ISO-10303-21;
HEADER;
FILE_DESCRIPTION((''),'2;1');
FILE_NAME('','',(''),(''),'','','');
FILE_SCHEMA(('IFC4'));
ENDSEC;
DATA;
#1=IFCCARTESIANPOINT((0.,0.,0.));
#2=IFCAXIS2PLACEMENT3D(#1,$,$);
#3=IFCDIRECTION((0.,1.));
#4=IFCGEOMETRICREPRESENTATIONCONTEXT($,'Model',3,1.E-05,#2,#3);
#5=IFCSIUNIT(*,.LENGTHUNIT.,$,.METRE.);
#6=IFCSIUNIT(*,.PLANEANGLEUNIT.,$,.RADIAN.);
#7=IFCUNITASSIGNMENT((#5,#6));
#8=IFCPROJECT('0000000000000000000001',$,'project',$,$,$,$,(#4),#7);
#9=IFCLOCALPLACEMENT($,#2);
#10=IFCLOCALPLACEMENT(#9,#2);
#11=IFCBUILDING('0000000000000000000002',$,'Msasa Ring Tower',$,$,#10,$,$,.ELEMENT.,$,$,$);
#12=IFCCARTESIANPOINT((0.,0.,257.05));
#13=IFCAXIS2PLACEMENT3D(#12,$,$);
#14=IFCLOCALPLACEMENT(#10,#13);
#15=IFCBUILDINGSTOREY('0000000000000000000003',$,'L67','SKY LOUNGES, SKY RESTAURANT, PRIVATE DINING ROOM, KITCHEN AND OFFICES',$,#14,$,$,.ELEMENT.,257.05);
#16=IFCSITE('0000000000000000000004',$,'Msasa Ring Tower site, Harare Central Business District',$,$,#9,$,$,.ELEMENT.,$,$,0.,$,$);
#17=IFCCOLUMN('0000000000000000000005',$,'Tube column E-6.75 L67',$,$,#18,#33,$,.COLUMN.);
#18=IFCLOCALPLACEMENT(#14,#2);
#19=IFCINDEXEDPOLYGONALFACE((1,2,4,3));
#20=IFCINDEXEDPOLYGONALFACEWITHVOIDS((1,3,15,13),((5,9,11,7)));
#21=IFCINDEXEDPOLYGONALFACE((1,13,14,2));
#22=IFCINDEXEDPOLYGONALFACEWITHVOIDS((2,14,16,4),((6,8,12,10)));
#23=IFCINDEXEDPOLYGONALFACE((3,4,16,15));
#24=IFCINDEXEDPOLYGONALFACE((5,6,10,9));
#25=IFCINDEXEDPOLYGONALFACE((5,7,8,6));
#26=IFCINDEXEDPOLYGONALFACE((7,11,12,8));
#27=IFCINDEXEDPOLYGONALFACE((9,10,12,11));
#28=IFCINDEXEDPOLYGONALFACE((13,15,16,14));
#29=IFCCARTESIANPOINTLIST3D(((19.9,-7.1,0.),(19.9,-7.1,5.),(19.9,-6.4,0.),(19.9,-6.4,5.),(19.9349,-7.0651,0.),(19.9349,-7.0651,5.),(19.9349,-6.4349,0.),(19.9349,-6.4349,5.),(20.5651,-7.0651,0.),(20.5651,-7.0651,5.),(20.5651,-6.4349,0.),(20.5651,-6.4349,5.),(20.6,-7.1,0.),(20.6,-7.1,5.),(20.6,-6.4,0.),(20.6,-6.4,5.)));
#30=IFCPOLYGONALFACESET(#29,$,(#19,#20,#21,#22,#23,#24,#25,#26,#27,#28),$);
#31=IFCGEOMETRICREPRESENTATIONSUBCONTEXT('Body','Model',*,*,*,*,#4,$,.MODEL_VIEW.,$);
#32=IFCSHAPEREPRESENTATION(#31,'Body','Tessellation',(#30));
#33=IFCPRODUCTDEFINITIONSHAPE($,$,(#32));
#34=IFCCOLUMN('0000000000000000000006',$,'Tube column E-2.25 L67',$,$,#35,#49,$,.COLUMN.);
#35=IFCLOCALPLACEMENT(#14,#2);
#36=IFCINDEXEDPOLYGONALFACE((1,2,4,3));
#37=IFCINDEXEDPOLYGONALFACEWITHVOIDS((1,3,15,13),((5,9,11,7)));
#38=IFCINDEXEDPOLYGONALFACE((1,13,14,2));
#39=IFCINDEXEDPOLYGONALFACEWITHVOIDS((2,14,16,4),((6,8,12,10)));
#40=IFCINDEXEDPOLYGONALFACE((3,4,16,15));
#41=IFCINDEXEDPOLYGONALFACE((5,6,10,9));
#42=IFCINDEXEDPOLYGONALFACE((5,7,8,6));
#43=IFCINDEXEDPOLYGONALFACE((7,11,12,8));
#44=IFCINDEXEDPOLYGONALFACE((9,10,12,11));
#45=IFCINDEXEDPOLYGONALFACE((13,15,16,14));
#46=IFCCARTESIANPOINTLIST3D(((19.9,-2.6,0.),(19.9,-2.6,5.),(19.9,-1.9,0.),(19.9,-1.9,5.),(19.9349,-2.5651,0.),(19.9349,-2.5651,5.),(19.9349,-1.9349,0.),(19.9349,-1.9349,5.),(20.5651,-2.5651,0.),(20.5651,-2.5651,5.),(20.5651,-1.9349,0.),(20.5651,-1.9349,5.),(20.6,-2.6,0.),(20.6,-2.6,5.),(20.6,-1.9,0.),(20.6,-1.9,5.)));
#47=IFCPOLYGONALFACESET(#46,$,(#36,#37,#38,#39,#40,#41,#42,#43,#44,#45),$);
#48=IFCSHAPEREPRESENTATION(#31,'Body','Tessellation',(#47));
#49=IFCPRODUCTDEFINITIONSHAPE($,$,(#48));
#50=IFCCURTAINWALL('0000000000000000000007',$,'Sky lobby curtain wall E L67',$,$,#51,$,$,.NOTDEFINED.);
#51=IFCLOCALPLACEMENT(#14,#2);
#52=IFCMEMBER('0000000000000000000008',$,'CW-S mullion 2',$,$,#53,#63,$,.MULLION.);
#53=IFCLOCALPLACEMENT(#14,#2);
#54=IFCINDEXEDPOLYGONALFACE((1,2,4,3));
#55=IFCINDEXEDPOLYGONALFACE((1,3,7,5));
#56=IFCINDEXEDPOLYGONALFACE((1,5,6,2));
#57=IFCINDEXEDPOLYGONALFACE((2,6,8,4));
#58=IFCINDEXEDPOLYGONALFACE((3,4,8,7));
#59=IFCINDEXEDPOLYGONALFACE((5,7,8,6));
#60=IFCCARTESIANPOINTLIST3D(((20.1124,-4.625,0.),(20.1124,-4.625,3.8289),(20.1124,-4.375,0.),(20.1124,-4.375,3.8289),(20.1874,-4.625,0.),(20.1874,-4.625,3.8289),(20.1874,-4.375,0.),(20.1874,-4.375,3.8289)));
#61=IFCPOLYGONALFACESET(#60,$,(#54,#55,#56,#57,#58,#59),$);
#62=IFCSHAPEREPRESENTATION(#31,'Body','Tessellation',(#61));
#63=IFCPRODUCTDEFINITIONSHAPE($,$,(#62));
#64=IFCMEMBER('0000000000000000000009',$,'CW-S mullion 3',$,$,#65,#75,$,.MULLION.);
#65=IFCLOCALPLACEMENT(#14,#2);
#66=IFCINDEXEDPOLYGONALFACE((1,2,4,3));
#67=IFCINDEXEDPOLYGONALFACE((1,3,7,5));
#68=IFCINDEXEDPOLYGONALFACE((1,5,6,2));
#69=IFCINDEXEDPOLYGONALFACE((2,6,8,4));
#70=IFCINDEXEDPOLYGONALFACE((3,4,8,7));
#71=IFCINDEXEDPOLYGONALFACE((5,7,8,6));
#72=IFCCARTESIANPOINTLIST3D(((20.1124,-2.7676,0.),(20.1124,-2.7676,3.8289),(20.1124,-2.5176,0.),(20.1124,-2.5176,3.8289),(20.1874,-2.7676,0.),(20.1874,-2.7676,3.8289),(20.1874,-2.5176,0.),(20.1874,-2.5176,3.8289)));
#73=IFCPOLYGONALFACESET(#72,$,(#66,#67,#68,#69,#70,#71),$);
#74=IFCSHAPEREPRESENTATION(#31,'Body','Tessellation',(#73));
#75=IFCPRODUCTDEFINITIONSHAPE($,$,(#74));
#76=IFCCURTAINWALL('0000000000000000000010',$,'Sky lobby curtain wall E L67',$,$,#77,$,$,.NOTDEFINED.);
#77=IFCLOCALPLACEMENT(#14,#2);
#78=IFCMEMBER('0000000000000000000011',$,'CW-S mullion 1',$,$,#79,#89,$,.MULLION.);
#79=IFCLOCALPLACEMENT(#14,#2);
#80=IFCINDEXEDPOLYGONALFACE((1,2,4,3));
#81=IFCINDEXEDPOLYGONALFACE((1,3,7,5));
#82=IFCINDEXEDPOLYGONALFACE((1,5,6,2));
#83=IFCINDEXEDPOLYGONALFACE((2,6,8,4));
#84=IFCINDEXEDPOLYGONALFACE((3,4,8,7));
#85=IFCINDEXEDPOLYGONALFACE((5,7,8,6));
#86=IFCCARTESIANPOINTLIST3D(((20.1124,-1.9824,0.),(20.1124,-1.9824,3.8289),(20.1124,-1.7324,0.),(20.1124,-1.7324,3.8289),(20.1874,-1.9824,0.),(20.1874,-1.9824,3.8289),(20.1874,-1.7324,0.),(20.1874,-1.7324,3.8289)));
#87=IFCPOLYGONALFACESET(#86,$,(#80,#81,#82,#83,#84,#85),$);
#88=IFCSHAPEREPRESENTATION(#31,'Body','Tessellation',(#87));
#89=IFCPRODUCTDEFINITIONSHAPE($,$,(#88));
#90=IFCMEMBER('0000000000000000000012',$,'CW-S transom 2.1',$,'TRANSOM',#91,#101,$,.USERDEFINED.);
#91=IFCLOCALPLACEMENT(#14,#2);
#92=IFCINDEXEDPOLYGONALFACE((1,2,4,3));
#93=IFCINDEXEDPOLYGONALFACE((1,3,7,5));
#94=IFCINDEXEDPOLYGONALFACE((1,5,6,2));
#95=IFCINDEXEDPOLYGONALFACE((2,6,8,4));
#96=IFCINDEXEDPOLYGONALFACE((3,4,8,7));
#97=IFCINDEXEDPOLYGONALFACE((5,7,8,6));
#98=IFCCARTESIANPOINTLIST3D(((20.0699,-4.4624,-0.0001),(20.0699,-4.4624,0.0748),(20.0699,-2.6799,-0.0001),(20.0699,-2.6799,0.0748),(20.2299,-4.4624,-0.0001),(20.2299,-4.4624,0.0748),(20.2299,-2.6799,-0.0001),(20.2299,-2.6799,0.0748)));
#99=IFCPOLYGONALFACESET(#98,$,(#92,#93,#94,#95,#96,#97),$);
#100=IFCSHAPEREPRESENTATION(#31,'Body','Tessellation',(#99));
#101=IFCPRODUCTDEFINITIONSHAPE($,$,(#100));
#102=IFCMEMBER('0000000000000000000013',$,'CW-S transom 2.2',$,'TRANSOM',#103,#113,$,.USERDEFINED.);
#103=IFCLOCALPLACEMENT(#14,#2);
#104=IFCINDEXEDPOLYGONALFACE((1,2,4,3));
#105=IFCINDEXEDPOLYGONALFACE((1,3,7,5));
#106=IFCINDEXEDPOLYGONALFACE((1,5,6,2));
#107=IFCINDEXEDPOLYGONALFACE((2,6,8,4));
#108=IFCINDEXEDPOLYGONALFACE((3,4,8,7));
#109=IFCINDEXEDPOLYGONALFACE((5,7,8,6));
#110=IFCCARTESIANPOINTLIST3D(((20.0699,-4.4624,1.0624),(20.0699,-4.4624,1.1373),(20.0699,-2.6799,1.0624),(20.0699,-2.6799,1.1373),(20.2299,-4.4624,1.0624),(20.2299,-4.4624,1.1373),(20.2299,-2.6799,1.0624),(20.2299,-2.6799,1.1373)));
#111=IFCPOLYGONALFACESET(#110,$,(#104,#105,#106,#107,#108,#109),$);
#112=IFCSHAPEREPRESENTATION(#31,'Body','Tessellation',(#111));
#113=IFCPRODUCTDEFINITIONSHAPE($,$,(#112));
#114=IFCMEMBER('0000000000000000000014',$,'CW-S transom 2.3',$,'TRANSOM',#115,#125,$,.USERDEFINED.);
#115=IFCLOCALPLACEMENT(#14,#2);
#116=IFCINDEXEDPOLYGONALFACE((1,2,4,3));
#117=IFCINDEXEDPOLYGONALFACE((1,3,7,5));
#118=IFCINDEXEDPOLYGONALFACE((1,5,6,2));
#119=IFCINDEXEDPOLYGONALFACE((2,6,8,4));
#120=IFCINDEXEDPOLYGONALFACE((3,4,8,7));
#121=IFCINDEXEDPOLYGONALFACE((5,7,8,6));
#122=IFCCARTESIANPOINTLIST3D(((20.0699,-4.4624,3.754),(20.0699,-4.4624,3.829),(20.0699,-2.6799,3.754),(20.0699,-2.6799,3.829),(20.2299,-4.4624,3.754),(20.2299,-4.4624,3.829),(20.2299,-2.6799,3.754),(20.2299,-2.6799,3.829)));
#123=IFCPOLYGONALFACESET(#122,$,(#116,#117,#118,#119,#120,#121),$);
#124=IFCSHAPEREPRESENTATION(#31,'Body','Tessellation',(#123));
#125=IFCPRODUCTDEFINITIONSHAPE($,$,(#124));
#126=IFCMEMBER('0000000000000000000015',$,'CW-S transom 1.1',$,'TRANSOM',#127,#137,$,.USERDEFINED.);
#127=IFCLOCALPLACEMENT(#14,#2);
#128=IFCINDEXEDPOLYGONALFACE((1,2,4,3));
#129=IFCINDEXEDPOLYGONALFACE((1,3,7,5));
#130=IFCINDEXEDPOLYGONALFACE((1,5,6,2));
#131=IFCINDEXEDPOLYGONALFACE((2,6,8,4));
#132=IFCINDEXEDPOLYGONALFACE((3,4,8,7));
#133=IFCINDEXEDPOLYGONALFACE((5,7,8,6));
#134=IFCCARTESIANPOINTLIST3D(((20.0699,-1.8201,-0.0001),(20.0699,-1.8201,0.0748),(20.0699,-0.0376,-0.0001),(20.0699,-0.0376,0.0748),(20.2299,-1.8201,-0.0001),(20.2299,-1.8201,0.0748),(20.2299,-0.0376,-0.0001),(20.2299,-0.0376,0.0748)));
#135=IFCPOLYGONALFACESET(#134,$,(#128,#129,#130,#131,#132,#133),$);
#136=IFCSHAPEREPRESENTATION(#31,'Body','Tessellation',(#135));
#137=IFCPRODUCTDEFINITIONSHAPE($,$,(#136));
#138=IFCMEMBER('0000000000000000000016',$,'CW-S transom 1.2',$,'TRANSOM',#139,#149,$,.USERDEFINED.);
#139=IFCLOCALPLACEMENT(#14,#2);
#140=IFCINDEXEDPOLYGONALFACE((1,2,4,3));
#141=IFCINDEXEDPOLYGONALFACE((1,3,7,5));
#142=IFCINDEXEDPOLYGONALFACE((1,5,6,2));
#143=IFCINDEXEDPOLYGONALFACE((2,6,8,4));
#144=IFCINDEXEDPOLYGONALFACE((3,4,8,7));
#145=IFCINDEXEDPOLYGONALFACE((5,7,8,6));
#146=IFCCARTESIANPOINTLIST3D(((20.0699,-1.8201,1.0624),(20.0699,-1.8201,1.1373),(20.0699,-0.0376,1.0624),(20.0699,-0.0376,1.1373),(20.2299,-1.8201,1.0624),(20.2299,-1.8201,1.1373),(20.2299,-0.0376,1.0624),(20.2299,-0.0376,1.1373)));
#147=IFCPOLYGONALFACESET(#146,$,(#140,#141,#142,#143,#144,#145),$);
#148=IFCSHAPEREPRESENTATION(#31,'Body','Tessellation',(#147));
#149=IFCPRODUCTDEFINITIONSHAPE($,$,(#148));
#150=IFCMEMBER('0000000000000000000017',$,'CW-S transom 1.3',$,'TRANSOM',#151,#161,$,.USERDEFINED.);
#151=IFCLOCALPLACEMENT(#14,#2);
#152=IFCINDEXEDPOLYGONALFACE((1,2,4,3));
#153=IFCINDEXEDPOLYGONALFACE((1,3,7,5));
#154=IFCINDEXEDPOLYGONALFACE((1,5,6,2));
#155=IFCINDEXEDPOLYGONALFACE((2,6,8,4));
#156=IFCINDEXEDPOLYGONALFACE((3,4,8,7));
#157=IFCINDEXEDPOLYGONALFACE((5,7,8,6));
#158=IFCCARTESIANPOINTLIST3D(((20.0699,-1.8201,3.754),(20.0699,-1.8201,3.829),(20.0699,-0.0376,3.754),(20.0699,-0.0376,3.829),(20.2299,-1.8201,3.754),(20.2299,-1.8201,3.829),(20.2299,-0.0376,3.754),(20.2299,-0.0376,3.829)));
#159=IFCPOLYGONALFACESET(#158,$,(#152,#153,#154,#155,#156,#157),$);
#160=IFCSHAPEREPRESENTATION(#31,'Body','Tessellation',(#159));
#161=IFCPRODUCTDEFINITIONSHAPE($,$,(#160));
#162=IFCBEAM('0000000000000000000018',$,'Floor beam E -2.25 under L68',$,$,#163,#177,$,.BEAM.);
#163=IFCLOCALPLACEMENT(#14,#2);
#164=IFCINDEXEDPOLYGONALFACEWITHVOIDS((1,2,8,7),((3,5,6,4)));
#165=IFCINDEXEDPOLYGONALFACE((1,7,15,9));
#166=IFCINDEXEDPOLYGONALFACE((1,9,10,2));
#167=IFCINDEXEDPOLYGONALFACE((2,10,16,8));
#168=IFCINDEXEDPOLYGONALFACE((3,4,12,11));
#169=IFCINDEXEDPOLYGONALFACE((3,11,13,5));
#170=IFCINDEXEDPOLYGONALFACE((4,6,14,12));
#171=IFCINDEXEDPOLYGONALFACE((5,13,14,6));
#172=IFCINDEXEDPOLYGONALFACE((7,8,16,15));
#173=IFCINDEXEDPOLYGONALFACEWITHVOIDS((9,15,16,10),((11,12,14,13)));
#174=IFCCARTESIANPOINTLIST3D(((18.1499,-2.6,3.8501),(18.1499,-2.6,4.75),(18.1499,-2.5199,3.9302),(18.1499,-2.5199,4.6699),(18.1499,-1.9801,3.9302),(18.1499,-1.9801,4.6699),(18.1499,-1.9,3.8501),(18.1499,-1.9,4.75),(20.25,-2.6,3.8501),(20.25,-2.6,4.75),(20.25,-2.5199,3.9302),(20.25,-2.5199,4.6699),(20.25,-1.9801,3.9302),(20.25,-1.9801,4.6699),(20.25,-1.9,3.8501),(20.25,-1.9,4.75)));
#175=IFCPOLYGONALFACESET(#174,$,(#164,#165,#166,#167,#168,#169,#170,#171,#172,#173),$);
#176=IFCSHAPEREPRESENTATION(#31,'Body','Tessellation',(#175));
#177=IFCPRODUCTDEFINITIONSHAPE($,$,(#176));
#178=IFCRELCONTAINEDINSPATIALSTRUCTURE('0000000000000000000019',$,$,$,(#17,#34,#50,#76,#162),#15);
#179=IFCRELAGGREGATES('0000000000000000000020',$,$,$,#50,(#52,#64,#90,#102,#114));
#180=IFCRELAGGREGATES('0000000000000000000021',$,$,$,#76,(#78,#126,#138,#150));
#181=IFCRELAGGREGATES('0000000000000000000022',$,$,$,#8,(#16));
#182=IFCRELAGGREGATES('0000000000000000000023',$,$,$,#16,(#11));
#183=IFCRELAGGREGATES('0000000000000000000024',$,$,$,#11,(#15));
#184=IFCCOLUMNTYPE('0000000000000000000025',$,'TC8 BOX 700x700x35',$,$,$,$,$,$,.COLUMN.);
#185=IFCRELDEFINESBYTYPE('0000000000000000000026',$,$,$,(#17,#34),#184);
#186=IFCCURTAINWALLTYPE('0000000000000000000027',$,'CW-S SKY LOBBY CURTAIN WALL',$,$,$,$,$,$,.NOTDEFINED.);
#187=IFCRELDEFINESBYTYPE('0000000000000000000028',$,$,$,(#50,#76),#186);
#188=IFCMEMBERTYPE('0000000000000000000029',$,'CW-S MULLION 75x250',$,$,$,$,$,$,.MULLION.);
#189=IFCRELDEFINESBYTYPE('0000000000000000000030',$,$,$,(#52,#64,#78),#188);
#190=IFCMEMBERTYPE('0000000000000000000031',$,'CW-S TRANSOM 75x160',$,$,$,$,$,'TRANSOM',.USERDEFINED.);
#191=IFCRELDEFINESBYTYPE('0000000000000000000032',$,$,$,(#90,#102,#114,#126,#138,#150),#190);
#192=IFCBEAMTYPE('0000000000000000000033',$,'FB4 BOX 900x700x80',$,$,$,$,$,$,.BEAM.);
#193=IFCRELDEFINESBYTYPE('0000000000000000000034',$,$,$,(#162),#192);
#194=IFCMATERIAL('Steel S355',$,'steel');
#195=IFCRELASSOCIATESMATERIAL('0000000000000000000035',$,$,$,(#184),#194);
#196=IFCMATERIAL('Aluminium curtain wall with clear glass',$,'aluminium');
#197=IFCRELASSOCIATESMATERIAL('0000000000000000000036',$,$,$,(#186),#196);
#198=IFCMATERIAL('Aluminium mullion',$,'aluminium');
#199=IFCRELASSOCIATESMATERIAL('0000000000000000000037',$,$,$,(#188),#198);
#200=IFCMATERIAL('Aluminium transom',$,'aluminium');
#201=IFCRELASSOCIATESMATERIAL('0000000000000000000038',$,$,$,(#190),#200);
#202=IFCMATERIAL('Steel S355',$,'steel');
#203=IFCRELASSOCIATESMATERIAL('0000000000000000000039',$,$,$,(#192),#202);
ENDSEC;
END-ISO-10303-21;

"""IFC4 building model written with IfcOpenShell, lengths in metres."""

from ifc_helpers import new_model, si_unit, direction, frame, origin, origin_2d, place, context, subcontext, project, spatial, rectangle, hollow_rectangle, extrude, material, material_profile, profile_set, type_object, element, aggregate, save


model = new_model("IFC4")

# Units and contexts
model_context = context("Model", 3, precision=1e-05, world=origin(), true_north=direction((0.0, 1.0)))
body_context = subcontext(model_context, "Body", "Model", "MODEL_VIEW")
ifc_project = project(units=[si_unit("LENGTHUNIT", "METRE"), si_unit("PLANEANGLEUNIT", "RADIAN")], contexts=[model_context])

# Site, building, storey
site_placement = place(None, origin())
site = spatial("IfcSite", under=ifc_project, at=site_placement, Name="Msasa Ring Tower site, Harare Central Business District", CompositionType="ELEMENT", RefElevation=0.0)
building_placement = place(site_placement, origin())
building = spatial("IfcBuilding", under=site, at=building_placement, Name="Msasa Ring Tower", CompositionType="ELEMENT")
storey_placement = place(building_placement, frame((0.0, 0.0, 257.05)))
storey = spatial("IfcBuildingStorey", under=building, at=storey_placement, Name="L67", Description="SKY LOUNGES, SKY RESTAURANT, PRIVATE DINING ROOM, KITCHEN AND OFFICES", CompositionType="ELEMENT", Elevation=257.05)

# Columns
ifc_material_1 = material(Name="Steel S355", Category="steel")
ifc_material_profile_1 = material_profile(ifc_material_1, hollow_rectangle(XDim=0.7, YDim=0.7, WallThickness=0.0349, at=origin_2d()), Name="BOX 700x700x35")
ifc_profile_set_1 = profile_set([ifc_material_profile_1], Name="Steel S355")
column_type = type_object("IfcColumnType", Name="TC8 BOX 700x700x35", PredefinedType="COLUMN", material=ifc_profile_set_1)
for number, where, z_axis, x_axis, name in (
    (1, (20.25, -6.75, 0.0), (0.0, 0.0, 1.0), (1.0, 0.0, 0.0), "Tube column E-6.75 L67"),
    (2, (20.25, -2.25, 0.0), (0.0, 0.0, 1.0), (1.0, 0.0, 0.0), "Tube column E-2.25 L67"),
):
    element("IfcColumn", number, at=place(storey_placement, frame(where, z_axis=z_axis, x_axis=x_axis)), inside=storey, type_object=column_type, Name=name, PredefinedType="COLUMN", context=body_context, shape_type="SweptSolid", body=[
        extrude(hollow_rectangle(XDim=0.7, YDim=0.7, WallThickness=0.0349, at=origin_2d()), origin(), (0.0, 0.0, 1.0), 5.0),
    ])

# Curtain wall, members
ifc_material_2 = material(Name="Aluminium curtain wall with clear glass", Category="aluminium")
curtain_wall_type = type_object("IfcCurtainWallType", Name="CW-S SKY LOBBY CURTAIN WALL", PredefinedType="NOTDEFINED", material=ifc_material_2)
curtain_wall_1_placement = place(storey_placement, origin())
curtain_wall_1 = element("IfcCurtainWall", 3, at=curtain_wall_1_placement, inside=storey, type_object=curtain_wall_type, Name="Sky lobby curtain wall E L67", PredefinedType="NOTDEFINED")
ifc_material_3 = material(Name="Aluminium mullion", Category="aluminium")
ifc_material_profile_2 = material_profile(ifc_material_3, rectangle(XDim=0.075, YDim=0.25, at=origin_2d()), Name="AL 75x250")
ifc_profile_set_2 = profile_set([ifc_material_profile_2], Name="Aluminium mullion")
member_type_1 = type_object("IfcMemberType", Name="CW-S MULLION 75x250", PredefinedType="MULLION", material=ifc_profile_set_2)
member_1_placement = place(storey_placement, frame((20.1499, -4.5, 0.0), z_axis=(0.0, 0.0, 1.0), x_axis=(-1.0, 0.0, 0.0)))
member_1 = element("IfcMember", 4, at=member_1_placement, type_object=member_type_1, Name="CW-S mullion 2", PredefinedType="MULLION", context=body_context, shape_type="SweptSolid", body=[
    extrude(rectangle(XDim=0.075, YDim=0.25, at=origin_2d()), origin(), (0.0, 0.0, 1.0), 3.8289),
])
member_2_placement = place(storey_placement, frame((20.1499, -2.6426, 0.0), z_axis=(0.0, 0.0, 1.0), x_axis=(-1.0, 0.0, 0.0)))
member_2 = element("IfcMember", 5, at=member_2_placement, type_object=member_type_1, Name="CW-S mullion 3", PredefinedType="MULLION", context=body_context, shape_type="SweptSolid", body=[
    extrude(rectangle(XDim=0.075, YDim=0.25, at=origin_2d()), origin(), (0.0, 0.0, 1.0), 3.8289),
])

# Curtain wall, member
curtain_wall_2_placement = place(storey_placement, origin())
curtain_wall_2 = element("IfcCurtainWall", 6, at=curtain_wall_2_placement, inside=storey, type_object=curtain_wall_type, Name="Sky lobby curtain wall E L67", PredefinedType="NOTDEFINED")
member_3_placement = place(storey_placement, frame((20.1499, -1.8574, 0.0), z_axis=(0.0, 0.0, 1.0), x_axis=(-1.0, 0.0, 0.0)))
member_3 = element("IfcMember", 7, at=member_3_placement, type_object=member_type_1, Name="CW-S mullion 1", PredefinedType="MULLION", context=body_context, shape_type="SweptSolid", body=[
    extrude(rectangle(XDim=0.075, YDim=0.25, at=origin_2d()), origin(), (0.0, 0.0, 1.0), 3.8289),
])

# Members
ifc_material_4 = material(Name="Aluminium transom", Category="aluminium")
ifc_material_profile_3 = material_profile(ifc_material_4, rectangle(XDim=0.1599, YDim=0.075, at=origin_2d()), Name="AL 75x160")
ifc_profile_set_3 = profile_set([ifc_material_profile_3], Name="Aluminium transom")
member_type_2 = type_object("IfcMemberType", Name="CW-S TRANSOM 75x160", ElementType="TRANSOM", PredefinedType="USERDEFINED", material=ifc_profile_set_3)
member_4_placement = place(storey_placement, frame((20.1499, -4.4624, 0.0374), z_axis=(0.0, 1.0, 0.0), x_axis=(-1.0, 0.0, 0.0)))
member_4 = element("IfcMember", 8, at=member_4_placement, type_object=member_type_2, Name="CW-S transom 2.1", ObjectType="TRANSOM", PredefinedType="USERDEFINED", context=body_context, shape_type="SweptSolid", body=[
    extrude(rectangle(XDim=0.1599, YDim=0.075, at=origin_2d()), origin(), (0.0, 0.0, 1.0), 1.7825),
])
member_5_placement = place(storey_placement, frame((20.1499, -4.4624, 1.0999), z_axis=(0.0, 1.0, 0.0), x_axis=(-1.0, 0.0, 0.0)))
member_5 = element("IfcMember", 9, at=member_5_placement, type_object=member_type_2, Name="CW-S transom 2.2", ObjectType="TRANSOM", PredefinedType="USERDEFINED", context=body_context, shape_type="SweptSolid", body=[
    extrude(rectangle(XDim=0.1599, YDim=0.075, at=origin_2d()), origin(), (0.0, 0.0, 1.0), 1.7825),
])
member_6_placement = place(storey_placement, frame((20.1499, -4.4624, 3.7915), z_axis=(0.0, 1.0, 0.0), x_axis=(-1.0, 0.0, 0.0)))
member_6 = element("IfcMember", 10, at=member_6_placement, type_object=member_type_2, Name="CW-S transom 2.3", ObjectType="TRANSOM", PredefinedType="USERDEFINED", context=body_context, shape_type="SweptSolid", body=[
    extrude(rectangle(XDim=0.1599, YDim=0.075, at=origin_2d()), origin(), (0.0, 0.0, 1.0), 1.7825),
])
member_7_placement = place(storey_placement, frame((20.1499, -1.8201, 0.0374), z_axis=(0.0, 1.0, 0.0), x_axis=(-1.0, 0.0, 0.0)))
member_7 = element("IfcMember", 11, at=member_7_placement, type_object=member_type_2, Name="CW-S transom 1.1", ObjectType="TRANSOM", PredefinedType="USERDEFINED", context=body_context, shape_type="SweptSolid", body=[
    extrude(rectangle(XDim=0.1599, YDim=0.075, at=origin_2d()), origin(), (0.0, 0.0, 1.0), 1.7825),
])
member_8_placement = place(storey_placement, frame((20.1499, -1.8201, 1.0999), z_axis=(0.0, 1.0, 0.0), x_axis=(-1.0, 0.0, 0.0)))
member_8 = element("IfcMember", 12, at=member_8_placement, type_object=member_type_2, Name="CW-S transom 1.2", ObjectType="TRANSOM", PredefinedType="USERDEFINED", context=body_context, shape_type="SweptSolid", body=[
    extrude(rectangle(XDim=0.1599, YDim=0.075, at=origin_2d()), origin(), (0.0, 0.0, 1.0), 1.7825),
])
member_9_placement = place(storey_placement, frame((20.1499, -1.8201, 3.7915), z_axis=(0.0, 1.0, 0.0), x_axis=(-1.0, 0.0, 0.0)))
member_9 = element("IfcMember", 13, at=member_9_placement, type_object=member_type_2, Name="CW-S transom 1.3", ObjectType="TRANSOM", PredefinedType="USERDEFINED", context=body_context, shape_type="SweptSolid", body=[
    extrude(rectangle(XDim=0.1599, YDim=0.075, at=origin_2d()), origin(), (0.0, 0.0, 1.0), 1.7825),
])

# Beam
ifc_material_5 = material(Name="Steel S355", Category="steel")
ifc_material_profile_4 = material_profile(ifc_material_5, hollow_rectangle(XDim=0.7, YDim=0.8999, WallThickness=0.0801, at=origin_2d()), Name="BOX 900x700x80")
ifc_profile_set_4 = profile_set([ifc_material_profile_4], Name="Steel S355")
beam_type_1 = type_object("IfcBeamType", Name="FB4 BOX 900x700x80", PredefinedType="BEAM", material=ifc_profile_set_4)
beam_placement = place(storey_placement, frame((20.25, -2.25, 4.3), z_axis=(-1.0, 0.0, 0.0), x_axis=(0.0, -1.0, 0.0)))
element("IfcBeam", 14, at=beam_placement, inside=storey, type_object=beam_type_1, Name="Floor beam E -2.25 under L68", PredefinedType="BEAM", context=body_context, shape_type="SweptSolid", body=[
    extrude(hollow_rectangle(XDim=0.7, YDim=0.8999, WallThickness=0.0801, at=origin_2d()), origin(), (0.0, 0.0, 1.0), 2.1001),
])

aggregate(curtain_wall_1, [member_1, member_2, member_4, member_5, member_6])
aggregate(curtain_wall_2, [member_3, member_7, member_8, member_9])

save(model, "model.ifc")
